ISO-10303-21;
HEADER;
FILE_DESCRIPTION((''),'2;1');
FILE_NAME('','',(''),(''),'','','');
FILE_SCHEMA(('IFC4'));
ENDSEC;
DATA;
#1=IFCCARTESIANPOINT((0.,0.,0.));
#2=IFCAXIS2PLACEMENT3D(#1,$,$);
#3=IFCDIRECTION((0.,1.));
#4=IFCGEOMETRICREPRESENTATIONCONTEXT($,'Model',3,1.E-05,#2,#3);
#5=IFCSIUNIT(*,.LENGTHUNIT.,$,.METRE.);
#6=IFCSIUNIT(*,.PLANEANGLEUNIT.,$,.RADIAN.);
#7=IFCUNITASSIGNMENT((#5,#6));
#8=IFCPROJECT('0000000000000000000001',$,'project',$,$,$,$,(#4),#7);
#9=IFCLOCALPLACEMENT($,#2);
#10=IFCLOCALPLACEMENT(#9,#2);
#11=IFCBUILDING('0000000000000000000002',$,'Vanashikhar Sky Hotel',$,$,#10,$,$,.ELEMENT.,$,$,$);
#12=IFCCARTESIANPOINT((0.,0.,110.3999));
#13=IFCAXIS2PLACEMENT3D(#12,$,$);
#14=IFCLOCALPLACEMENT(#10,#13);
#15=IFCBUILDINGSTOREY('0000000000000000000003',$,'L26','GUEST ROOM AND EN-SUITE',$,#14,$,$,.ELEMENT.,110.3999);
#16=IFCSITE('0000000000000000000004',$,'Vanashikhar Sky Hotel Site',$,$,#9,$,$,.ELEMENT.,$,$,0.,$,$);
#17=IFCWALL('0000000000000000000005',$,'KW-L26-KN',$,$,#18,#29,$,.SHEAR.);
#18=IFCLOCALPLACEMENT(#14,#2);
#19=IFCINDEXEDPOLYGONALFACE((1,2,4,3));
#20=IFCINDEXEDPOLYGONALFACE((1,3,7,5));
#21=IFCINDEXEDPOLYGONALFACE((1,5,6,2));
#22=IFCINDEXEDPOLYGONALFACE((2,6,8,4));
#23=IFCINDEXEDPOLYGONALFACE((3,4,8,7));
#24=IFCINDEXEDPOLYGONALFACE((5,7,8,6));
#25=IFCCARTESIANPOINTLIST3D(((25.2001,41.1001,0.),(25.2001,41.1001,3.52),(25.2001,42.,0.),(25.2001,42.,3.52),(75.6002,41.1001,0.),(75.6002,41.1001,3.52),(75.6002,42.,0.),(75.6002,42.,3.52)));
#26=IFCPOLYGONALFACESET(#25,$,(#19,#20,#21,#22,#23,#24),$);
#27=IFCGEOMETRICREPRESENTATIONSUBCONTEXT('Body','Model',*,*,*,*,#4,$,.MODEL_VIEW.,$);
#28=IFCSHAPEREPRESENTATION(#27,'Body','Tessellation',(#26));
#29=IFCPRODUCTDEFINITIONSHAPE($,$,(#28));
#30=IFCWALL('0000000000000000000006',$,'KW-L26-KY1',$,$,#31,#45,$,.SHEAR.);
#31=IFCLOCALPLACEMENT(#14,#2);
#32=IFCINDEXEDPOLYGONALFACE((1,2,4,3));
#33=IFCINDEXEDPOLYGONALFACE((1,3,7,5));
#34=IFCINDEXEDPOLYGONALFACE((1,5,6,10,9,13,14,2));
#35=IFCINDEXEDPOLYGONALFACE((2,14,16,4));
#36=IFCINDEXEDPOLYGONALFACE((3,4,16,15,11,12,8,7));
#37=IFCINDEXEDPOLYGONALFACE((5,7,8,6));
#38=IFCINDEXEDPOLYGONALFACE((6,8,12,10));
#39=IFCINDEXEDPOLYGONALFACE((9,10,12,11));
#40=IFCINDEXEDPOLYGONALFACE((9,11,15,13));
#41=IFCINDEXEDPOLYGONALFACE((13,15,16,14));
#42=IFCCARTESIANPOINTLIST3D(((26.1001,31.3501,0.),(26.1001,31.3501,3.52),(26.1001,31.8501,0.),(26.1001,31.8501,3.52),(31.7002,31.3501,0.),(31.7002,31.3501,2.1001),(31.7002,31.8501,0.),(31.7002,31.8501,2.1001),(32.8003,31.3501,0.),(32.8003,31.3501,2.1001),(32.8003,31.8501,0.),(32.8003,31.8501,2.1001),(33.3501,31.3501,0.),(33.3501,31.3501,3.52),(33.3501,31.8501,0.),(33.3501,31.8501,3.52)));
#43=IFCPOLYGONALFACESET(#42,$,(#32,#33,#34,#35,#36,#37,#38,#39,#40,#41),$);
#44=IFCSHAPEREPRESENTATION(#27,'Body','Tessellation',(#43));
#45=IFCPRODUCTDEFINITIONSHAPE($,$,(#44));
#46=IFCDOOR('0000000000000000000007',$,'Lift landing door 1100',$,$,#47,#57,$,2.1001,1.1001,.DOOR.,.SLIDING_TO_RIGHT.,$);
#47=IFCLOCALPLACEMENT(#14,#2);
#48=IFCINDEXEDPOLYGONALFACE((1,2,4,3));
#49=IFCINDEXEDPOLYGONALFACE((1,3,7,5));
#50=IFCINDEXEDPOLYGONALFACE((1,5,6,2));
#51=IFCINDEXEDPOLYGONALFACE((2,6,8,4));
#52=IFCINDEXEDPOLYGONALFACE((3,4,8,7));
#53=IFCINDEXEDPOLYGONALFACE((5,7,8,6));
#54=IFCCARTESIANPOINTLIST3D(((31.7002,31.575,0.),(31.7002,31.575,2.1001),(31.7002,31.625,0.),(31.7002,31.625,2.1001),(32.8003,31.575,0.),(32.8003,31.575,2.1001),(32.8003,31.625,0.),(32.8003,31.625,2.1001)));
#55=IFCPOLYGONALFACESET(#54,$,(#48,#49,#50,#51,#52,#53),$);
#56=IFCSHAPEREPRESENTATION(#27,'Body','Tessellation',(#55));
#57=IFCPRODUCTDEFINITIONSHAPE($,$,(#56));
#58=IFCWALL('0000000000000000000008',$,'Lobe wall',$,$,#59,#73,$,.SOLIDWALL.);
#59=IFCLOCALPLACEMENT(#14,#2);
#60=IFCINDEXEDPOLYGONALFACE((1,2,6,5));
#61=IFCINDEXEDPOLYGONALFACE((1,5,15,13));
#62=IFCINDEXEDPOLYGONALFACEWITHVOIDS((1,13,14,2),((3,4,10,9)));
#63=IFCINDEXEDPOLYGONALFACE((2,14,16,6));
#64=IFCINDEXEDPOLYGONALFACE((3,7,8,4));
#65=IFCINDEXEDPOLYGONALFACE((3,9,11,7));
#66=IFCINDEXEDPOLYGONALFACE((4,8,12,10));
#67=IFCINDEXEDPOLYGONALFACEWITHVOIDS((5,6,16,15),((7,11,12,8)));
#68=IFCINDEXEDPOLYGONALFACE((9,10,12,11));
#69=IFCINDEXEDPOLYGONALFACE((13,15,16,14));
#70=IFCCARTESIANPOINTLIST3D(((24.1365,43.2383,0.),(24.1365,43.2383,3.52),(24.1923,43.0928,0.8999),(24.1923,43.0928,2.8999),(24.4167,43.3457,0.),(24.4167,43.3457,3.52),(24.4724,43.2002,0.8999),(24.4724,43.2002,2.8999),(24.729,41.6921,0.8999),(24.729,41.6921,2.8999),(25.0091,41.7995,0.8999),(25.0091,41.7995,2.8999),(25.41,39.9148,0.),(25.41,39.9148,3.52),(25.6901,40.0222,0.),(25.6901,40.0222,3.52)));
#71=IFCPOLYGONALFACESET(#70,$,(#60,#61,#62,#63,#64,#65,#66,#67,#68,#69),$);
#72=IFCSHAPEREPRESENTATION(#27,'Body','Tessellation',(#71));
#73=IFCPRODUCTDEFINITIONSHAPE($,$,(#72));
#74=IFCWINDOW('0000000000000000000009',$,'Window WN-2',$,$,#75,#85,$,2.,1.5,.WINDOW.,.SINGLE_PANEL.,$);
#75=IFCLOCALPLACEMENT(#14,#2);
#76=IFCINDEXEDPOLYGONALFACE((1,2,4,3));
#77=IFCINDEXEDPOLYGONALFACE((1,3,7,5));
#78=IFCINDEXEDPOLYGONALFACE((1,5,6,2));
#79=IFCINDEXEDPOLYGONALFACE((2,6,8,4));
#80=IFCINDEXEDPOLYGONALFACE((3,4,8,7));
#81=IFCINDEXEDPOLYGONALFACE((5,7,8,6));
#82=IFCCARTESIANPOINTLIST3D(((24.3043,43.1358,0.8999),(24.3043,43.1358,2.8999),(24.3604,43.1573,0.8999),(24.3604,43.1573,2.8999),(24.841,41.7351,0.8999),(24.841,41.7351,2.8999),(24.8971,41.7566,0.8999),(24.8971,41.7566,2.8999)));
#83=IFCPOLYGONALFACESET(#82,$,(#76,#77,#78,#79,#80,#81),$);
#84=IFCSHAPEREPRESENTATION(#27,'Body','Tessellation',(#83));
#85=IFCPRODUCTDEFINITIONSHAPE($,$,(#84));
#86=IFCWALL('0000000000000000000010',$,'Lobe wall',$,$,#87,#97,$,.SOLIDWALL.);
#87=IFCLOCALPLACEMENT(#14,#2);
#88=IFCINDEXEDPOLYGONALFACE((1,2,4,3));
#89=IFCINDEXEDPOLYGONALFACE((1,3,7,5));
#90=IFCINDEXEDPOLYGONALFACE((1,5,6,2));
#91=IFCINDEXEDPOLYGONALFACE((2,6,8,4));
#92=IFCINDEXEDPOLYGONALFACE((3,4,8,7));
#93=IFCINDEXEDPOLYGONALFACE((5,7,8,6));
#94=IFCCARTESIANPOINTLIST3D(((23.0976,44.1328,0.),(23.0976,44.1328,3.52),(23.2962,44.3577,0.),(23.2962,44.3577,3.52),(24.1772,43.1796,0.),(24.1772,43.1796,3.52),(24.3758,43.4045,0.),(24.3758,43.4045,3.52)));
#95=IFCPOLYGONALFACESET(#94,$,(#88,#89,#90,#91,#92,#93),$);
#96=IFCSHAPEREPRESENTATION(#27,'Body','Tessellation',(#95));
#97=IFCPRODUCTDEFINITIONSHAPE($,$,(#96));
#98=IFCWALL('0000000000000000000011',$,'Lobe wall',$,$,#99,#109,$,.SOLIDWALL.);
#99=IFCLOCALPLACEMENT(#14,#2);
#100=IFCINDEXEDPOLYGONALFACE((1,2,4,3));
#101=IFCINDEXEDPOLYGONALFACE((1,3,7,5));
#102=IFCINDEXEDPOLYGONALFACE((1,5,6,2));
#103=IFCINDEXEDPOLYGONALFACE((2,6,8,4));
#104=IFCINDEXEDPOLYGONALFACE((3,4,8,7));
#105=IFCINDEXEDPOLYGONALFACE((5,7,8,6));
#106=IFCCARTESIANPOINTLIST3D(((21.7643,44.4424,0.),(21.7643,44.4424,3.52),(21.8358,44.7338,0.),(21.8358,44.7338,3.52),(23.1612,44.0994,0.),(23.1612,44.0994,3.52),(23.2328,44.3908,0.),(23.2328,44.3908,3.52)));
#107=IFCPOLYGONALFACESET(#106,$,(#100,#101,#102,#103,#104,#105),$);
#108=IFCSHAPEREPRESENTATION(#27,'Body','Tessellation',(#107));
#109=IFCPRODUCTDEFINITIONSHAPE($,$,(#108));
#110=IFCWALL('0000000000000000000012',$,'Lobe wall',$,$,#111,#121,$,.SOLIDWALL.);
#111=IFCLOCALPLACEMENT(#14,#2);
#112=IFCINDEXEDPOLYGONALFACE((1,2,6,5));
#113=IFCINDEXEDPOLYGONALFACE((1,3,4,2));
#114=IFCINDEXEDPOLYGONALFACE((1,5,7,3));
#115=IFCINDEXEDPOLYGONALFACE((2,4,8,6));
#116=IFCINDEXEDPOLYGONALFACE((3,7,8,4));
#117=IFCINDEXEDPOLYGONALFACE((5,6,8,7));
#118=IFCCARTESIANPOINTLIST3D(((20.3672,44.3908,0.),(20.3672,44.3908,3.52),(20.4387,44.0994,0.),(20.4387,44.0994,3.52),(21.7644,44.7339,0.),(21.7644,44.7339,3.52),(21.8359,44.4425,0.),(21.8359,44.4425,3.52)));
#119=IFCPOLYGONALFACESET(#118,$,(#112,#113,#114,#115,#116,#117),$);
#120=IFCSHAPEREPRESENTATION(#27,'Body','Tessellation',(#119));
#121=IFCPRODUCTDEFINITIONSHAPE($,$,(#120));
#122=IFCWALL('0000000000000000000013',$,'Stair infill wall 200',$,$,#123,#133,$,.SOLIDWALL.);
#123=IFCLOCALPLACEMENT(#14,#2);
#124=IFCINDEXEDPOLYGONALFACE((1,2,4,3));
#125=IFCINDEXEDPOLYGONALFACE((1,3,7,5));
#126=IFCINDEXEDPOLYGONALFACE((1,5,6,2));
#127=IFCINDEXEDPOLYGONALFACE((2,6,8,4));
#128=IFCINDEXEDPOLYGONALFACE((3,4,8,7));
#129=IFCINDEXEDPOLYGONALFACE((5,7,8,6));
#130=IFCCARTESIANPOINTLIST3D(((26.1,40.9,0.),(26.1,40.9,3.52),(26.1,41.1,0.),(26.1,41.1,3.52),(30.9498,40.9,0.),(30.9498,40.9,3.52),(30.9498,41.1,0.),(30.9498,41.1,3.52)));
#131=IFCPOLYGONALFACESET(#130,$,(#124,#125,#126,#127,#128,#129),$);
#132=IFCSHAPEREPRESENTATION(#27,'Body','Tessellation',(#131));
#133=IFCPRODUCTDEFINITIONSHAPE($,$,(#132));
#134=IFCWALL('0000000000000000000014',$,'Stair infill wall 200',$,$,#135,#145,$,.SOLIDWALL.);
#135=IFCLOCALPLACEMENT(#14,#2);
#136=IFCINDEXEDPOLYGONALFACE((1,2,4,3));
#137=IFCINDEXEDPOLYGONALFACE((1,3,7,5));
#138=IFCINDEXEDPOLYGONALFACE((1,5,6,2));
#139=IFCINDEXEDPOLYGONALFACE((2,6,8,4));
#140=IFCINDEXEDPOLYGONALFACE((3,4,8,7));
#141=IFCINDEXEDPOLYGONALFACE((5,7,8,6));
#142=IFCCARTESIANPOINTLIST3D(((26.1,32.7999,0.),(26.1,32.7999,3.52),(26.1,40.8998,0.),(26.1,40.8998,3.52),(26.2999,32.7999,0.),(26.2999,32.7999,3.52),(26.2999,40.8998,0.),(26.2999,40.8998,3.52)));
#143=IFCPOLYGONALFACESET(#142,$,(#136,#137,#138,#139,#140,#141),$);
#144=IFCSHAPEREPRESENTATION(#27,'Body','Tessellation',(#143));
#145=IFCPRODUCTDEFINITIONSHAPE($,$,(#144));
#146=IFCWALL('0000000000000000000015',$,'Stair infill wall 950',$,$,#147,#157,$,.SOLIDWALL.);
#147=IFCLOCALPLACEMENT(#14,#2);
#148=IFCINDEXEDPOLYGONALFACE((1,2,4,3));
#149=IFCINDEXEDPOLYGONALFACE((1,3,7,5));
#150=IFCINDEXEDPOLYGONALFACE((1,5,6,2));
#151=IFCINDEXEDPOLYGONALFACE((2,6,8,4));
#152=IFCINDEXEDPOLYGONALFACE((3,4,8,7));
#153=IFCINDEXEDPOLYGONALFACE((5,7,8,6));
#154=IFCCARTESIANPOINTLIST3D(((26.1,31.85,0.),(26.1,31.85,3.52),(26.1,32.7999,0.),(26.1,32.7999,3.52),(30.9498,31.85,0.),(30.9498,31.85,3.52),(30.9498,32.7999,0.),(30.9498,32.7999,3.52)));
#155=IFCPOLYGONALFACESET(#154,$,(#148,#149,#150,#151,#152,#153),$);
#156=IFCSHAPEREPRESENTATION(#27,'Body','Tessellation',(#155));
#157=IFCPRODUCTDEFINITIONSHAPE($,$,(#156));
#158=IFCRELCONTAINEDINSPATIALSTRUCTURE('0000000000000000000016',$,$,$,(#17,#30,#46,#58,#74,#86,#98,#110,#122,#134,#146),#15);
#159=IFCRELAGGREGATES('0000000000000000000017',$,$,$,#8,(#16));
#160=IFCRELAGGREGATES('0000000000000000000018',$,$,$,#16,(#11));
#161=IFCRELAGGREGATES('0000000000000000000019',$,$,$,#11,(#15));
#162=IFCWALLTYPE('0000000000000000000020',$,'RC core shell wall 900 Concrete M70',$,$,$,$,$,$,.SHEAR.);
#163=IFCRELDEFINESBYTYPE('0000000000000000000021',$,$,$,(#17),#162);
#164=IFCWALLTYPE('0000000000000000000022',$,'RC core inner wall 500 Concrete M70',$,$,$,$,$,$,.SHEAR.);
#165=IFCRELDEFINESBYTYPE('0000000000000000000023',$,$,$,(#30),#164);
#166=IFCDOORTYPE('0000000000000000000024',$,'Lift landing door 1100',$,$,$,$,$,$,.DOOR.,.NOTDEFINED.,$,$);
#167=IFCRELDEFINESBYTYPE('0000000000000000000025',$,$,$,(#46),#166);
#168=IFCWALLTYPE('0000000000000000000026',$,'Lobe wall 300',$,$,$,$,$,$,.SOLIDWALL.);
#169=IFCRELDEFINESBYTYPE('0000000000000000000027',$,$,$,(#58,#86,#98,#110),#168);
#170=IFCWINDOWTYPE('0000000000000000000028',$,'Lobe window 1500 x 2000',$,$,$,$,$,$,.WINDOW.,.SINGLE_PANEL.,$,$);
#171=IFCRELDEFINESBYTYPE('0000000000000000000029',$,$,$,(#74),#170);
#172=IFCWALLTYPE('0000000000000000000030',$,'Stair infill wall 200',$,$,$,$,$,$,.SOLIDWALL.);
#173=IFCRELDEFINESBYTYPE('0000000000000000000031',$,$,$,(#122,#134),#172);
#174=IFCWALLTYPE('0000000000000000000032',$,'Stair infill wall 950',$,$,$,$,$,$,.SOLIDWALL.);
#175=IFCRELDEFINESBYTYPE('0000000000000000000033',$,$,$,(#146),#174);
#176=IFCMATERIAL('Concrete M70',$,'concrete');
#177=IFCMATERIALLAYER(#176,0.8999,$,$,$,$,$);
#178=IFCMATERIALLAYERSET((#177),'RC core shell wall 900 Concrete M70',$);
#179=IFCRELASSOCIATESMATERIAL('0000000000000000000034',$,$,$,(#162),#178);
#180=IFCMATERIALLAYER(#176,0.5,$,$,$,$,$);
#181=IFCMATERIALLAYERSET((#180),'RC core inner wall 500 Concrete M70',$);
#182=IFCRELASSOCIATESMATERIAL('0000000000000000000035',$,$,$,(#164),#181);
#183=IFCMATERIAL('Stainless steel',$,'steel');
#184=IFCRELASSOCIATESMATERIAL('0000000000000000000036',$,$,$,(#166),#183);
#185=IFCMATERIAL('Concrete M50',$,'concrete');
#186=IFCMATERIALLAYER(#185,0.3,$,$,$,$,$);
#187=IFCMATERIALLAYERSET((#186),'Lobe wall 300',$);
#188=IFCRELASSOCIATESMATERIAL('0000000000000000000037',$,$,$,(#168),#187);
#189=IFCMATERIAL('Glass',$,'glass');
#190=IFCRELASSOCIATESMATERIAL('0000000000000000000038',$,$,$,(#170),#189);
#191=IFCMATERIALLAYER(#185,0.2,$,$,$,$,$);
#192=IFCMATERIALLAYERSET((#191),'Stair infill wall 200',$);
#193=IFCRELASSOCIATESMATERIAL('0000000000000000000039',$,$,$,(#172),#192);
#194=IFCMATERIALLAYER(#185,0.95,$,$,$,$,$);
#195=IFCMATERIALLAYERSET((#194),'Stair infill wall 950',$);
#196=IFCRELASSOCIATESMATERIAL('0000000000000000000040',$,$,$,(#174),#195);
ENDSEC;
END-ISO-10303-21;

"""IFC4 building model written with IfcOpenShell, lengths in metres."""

from ifc_helpers import new_model, si_unit, direction, frame, frame_2d, origin, place, context, subcontext, project, spatial, rectangle, extrude, source, transform, mapped, material, layer, layer_set, type_object, element, fill, save


model = new_model("IFC4")

# Units and contexts
model_context = context("Model", 3, precision=1e-05, world=origin(), true_north=direction((0.0, 1.0)))
body_context = subcontext(model_context, "Body", "Model", "MODEL_VIEW")
ifc_project = project(units=[si_unit("LENGTHUNIT", "METRE"), si_unit("PLANEANGLEUNIT", "RADIAN")], contexts=[model_context])

# Site, building, storey
site_placement = place(None, origin())
site = spatial("IfcSite", under=ifc_project, at=site_placement, Name="Vanashikhar Sky Hotel Site", CompositionType="ELEMENT", RefElevation=0.0)
building_placement = place(site_placement, origin())
building = spatial("IfcBuilding", under=site, at=building_placement, Name="Vanashikhar Sky Hotel", CompositionType="ELEMENT")
storey_placement = place(building_placement, frame((0.0, 0.0, 110.3999)))
storey = spatial("IfcBuildingStorey", under=building, at=storey_placement, Name="L26", Description="GUEST ROOM AND EN-SUITE", CompositionType="ELEMENT", Elevation=110.3999)

# Wall
ifc_material_1 = material(Name="Concrete M70", Category="concrete")
ifc_layer_1 = layer(ifc_material_1, 0.8999)
ifc_layer_set_1 = layer_set([ifc_layer_1], Name="RC core shell wall 900 Concrete M70")
wall_type_1 = type_object("IfcWallType", Name="RC core shell wall 900 Concrete M70", PredefinedType="SHEAR", material=ifc_layer_set_1)
shared_shape_1 = source(origin(), body_context, "Body", "SweptSolid", [
    extrude(rectangle(XDim=50.4001, YDim=0.8999, at=frame_2d((25.2002, 0.0))), origin(), (0.0, 0.0, 1.0), 3.52),
])
wall_1_placement = place(storey_placement, frame((25.2, 41.55, 0.0), z_axis=(0.0, 0.0, 1.0), x_axis=(1.0, 0.0, 0.0)))
element("IfcWall", 1, at=wall_1_placement, inside=storey, type_object=wall_type_1, Name="KW-L26-KN", PredefinedType="SHEAR", context=body_context, shape_type="MappedRepresentation", body=[
    mapped(shared_shape_1, transform((0.0, 0.0, 0.0), scale=1.0)),
])

# Wall, opening, door
ifc_layer_2 = layer(ifc_material_1, 0.5)
ifc_layer_set_2 = layer_set([ifc_layer_2], Name="RC core inner wall 500 Concrete M70")
wall_type_2 = type_object("IfcWallType", Name="RC core inner wall 500 Concrete M70", PredefinedType="SHEAR", material=ifc_layer_set_2)
shared_shape_2 = source(origin(), body_context, "Body", "SweptSolid", [
    extrude(rectangle(XDim=7.25, YDim=0.5, at=frame_2d((3.625, 0.0))), origin(), (0.0, 0.0, 1.0), 3.52),
])
wall_2_placement = place(storey_placement, frame((26.1001, 31.6001, 0.0), z_axis=(0.0, 0.0, 1.0), x_axis=(1.0, 0.0, 0.0)))
wall_2 = element("IfcWall", 2, at=wall_2_placement, inside=storey, type_object=wall_type_2, Name="KW-L26-KY1", PredefinedType="SHEAR", context=body_context, shape_type="MappedRepresentation", body=[
    mapped(shared_shape_2, transform((0.0, 0.0, 0.0), scale=1.0)),
])
shared_shape_3 = source(origin(), body_context, "Body", "SweptSolid", [
    extrude(rectangle(XDim=1.1001, YDim=2.1001, at=frame_2d((0.55, 1.05))), frame((0.0, 0.26, 0.0), z_axis=(0.0, -1.0, 0.0), x_axis=(1.0, 0.0, 0.0)), (0.0, 0.0, 1.0), 0.52),
])
opening_1_placement = place(wall_2_placement, frame((5.6001, 0.0, 0.0)))
opening_1 = element("IfcOpeningElement", 3, at=opening_1_placement, cuts=wall_2, PredefinedType="OPENING", context=body_context, shape_type="MappedRepresentation", body=[
    mapped(shared_shape_3, transform((0.0, 0.0, 0.0), scale=1.0)),
])
ifc_material_2 = material(Name="Stainless steel", Category="steel")
door_type = type_object("IfcDoorType", Name="Lift landing door 1100", OperationType="NOTDEFINED", PredefinedType="DOOR", material=ifc_material_2)
shared_shape_4 = source(origin(), body_context, "Body", "SweptSolid", [
    extrude(rectangle(XDim=1.1001, YDim=2.1001, at=frame_2d((0.55, 1.05))), frame((0.0, 0.0249, 0.0), z_axis=(0.0, -1.0, 0.0), x_axis=(1.0, 0.0, 0.0)), (0.0, 0.0, 1.0), 0.05),
])
door_placement = place(opening_1_placement, origin())
door = element("IfcDoor", 4, at=door_placement, inside=storey, type_object=door_type, Name="Lift landing door 1100", OperationType="SLIDING_TO_RIGHT", OverallHeight=2.1001, OverallWidth=1.1001, PredefinedType="DOOR", context=body_context, shape_type="MappedRepresentation", body=[
    mapped(shared_shape_4, transform((0.0, 0.0, 0.0), scale=1.0)),
])
fill(opening_1, door)

# Wall, opening, window
ifc_material_3 = material(Name="Concrete M50", Category="concrete")
ifc_layer_3 = layer(ifc_material_3, 0.3)
ifc_layer_set_3 = layer_set([ifc_layer_3], Name="Lobe wall 300")
wall_type_3 = type_object("IfcWallType", Name="Lobe wall 300", PredefinedType="SOLIDWALL", material=ifc_layer_set_3)
shared_shape_5 = source(origin(), body_context, "Body", "SweptSolid", [
    extrude(rectangle(XDim=3.5591, YDim=0.3, at=frame_2d((1.7795, 0.0))), origin(), (0.0, 0.0, 1.0), 3.52),
])
wall_3_placement = place(storey_placement, frame((25.55, 39.9685, 0.0), z_axis=(0.0, 0.0, 1.0), x_axis=(-0.357797, 0.933799, 0.0)))
wall_3 = element("IfcWall", 5, at=wall_3_placement, inside=storey, type_object=wall_type_3, Name="Lobe wall", PredefinedType="SOLIDWALL", context=body_context, shape_type="MappedRepresentation", body=[
    mapped(shared_shape_5, transform((0.0, 0.0, 0.0), scale=1.0)),
])
shared_shape_6 = source(origin(), body_context, "Body", "SweptSolid", [
    extrude(rectangle(XDim=1.5, YDim=2.0, at=frame_2d((0.75, 1.0))), frame((0.0, 0.1602, 0.0), z_axis=(0.0, -1.0, 0.0), x_axis=(1.0, 0.0, 0.0)), (0.0, 0.0, 1.0), 0.3201),
])
opening_2_placement = place(wall_3_placement, frame((1.9033, 0.0, 0.8999)))
opening_2 = element("IfcOpeningElement", 6, at=opening_2_placement, cuts=wall_3, PredefinedType="OPENING", context=body_context, shape_type="MappedRepresentation", body=[
    mapped(shared_shape_6, transform((0.0, 0.0, 0.0), scale=1.0)),
])
ifc_material_4 = material(Name="Glass", Category="glass")
window_type = type_object("IfcWindowType", Name="Lobe window 1500 x 2000", PartitioningType="SINGLE_PANEL", PredefinedType="WINDOW", material=ifc_material_4)
shared_shape_7 = source(origin(), body_context, "Body", "SweptSolid", [
    extrude(rectangle(XDim=1.5, YDim=2.0, at=frame_2d((0.75, 1.0))), frame((0.0, 0.03, 0.0), z_axis=(0.0, -1.0, 0.0), x_axis=(1.0, 0.0, 0.0)), (0.0, 0.0, 1.0), 0.0601),
])
window_placement = place(opening_2_placement, origin())
window = element("IfcWindow", 7, at=window_placement, inside=storey, type_object=window_type, Name="Window WN-2", OverallHeight=2.0, OverallWidth=1.5, PartitioningType="SINGLE_PANEL", PredefinedType="WINDOW", context=body_context, shape_type="MappedRepresentation", body=[
    mapped(shared_shape_7, transform((0.0, 0.0, 0.0), scale=1.0)),
])
fill(opening_2, window)

# Walls
shared_shape_8 = source(origin(), body_context, "Body", "SweptSolid", [
    extrude(rectangle(XDim=1.4402, YDim=0.3, at=frame_2d((0.7202, 0.0))), origin(), (0.0, 0.0, 1.0), 3.52),
])
wall_4_placement = place(storey_placement, frame((24.2766, 43.292, 0.0), z_axis=(0.0, 0.0, 1.0), x_axis=(-0.74965, 0.661835, 0.0)))
element("IfcWall", 8, at=wall_4_placement, inside=storey, type_object=wall_type_3, Name="Lobe wall", PredefinedType="SOLIDWALL", context=body_context, shape_type="MappedRepresentation", body=[
    mapped(shared_shape_8, transform((0.0, 0.0, 0.0), scale=1.0)),
])
shared_shape_9 = source(origin(), body_context, "Body", "SweptSolid", [
    extrude(rectangle(XDim=1.4385, YDim=0.3, at=frame_2d((0.7192, 0.0))), origin(), (0.0, 0.0, 1.0), 3.52),
])
wall_5_placement = place(storey_placement, frame((23.197, 44.2451, 0.0), z_axis=(0.0, 0.0, 1.0), x_axis=(-0.971152, 0.23846, 0.0)))
element("IfcWall", 9, at=wall_5_placement, inside=storey, type_object=wall_type_3, Name="Lobe wall", PredefinedType="SOLIDWALL", context=body_context, shape_type="MappedRepresentation", body=[
    mapped(shared_shape_9, transform((0.0, 0.0, 0.0), scale=1.0)),
])
shared_shape_10 = source(origin(), body_context, "Body", "SweptSolid", [
    extrude(rectangle(XDim=1.4387, YDim=0.3, at=frame_2d((0.7192, 0.0))), origin(), (0.0, 0.0, 1.0), 3.52),
])
wall_6_placement = place(storey_placement, frame((21.8, 44.5881, 0.0), z_axis=(0.0, 0.0, 1.0), x_axis=(-0.971162, -0.238421, 0.0)))
element("IfcWall", 10, at=wall_6_placement, inside=storey, type_object=wall_type_3, Name="Lobe wall", PredefinedType="SOLIDWALL", context=body_context, shape_type="MappedRepresentation", body=[
    mapped(shared_shape_10, transform((0.0, 0.0, 0.0), scale=1.0)),
])
ifc_layer_4 = layer(ifc_material_3, 0.2)
ifc_layer_set_4 = layer_set([ifc_layer_4], Name="Stair infill wall 200")
wall_type_4 = type_object("IfcWallType", Name="Stair infill wall 200", PredefinedType="SOLIDWALL", material=ifc_layer_set_4)
shared_shape_11 = source(origin(), body_context, "Body", "SweptSolid", [
    extrude(rectangle(XDim=4.8499, YDim=0.2, at=frame_2d((2.4248, 0.0))), origin(), (0.0, 0.0, 1.0), 3.52),
])
wall_7_placement = place(storey_placement, frame((26.1001, 41.0, 0.0), z_axis=(0.0, 0.0, 1.0), x_axis=(1.0, 0.0, 0.0)))
element("IfcWall", 11, at=wall_7_placement, inside=storey, type_object=wall_type_4, Name="Stair infill wall 200", PredefinedType="SOLIDWALL", context=body_context, shape_type="MappedRepresentation", body=[
    mapped(shared_shape_11, transform((0.0, 0.0, 0.0), scale=1.0)),
])
shared_shape_12 = source(origin(), body_context, "Body", "SweptSolid", [
    extrude(rectangle(XDim=8.0999, YDim=0.2, at=frame_2d((4.0498, 0.0))), origin(), (0.0, 0.0, 1.0), 3.52),
])
wall_8_placement = place(storey_placement, frame((26.2, 32.8, 0.0), z_axis=(0.0, 0.0, 1.0), x_axis=(0.0, 1.0, 0.0)))
element("IfcWall", 12, at=wall_8_placement, inside=storey, type_object=wall_type_4, Name="Stair infill wall 200", PredefinedType="SOLIDWALL", context=body_context, shape_type="MappedRepresentation", body=[
    mapped(shared_shape_12, transform((0.0, 0.0, 0.0), scale=1.0)),
])
ifc_layer_5 = layer(ifc_material_3, 0.95)
ifc_layer_set_5 = layer_set([ifc_layer_5], Name="Stair infill wall 950")
wall_type_5 = type_object("IfcWallType", Name="Stair infill wall 950", PredefinedType="SOLIDWALL", material=ifc_layer_set_5)
shared_shape_13 = source(origin(), body_context, "Body", "SweptSolid", [
    extrude(rectangle(XDim=4.8499, YDim=0.95, at=frame_2d((2.4248, 0.0))), origin(), (0.0, 0.0, 1.0), 3.52),
])
wall_9_placement = place(storey_placement, frame((26.1001, 32.325, 0.0), z_axis=(0.0, 0.0, 1.0), x_axis=(1.0, 0.0, 0.0)))
element("IfcWall", 13, at=wall_9_placement, inside=storey, type_object=wall_type_5, Name="Stair infill wall 950", PredefinedType="SOLIDWALL", context=body_context, shape_type="MappedRepresentation", body=[
    mapped(shared_shape_13, transform((0.0, 0.0, 0.0), scale=1.0)),
])

save(model, "model.ifc")
